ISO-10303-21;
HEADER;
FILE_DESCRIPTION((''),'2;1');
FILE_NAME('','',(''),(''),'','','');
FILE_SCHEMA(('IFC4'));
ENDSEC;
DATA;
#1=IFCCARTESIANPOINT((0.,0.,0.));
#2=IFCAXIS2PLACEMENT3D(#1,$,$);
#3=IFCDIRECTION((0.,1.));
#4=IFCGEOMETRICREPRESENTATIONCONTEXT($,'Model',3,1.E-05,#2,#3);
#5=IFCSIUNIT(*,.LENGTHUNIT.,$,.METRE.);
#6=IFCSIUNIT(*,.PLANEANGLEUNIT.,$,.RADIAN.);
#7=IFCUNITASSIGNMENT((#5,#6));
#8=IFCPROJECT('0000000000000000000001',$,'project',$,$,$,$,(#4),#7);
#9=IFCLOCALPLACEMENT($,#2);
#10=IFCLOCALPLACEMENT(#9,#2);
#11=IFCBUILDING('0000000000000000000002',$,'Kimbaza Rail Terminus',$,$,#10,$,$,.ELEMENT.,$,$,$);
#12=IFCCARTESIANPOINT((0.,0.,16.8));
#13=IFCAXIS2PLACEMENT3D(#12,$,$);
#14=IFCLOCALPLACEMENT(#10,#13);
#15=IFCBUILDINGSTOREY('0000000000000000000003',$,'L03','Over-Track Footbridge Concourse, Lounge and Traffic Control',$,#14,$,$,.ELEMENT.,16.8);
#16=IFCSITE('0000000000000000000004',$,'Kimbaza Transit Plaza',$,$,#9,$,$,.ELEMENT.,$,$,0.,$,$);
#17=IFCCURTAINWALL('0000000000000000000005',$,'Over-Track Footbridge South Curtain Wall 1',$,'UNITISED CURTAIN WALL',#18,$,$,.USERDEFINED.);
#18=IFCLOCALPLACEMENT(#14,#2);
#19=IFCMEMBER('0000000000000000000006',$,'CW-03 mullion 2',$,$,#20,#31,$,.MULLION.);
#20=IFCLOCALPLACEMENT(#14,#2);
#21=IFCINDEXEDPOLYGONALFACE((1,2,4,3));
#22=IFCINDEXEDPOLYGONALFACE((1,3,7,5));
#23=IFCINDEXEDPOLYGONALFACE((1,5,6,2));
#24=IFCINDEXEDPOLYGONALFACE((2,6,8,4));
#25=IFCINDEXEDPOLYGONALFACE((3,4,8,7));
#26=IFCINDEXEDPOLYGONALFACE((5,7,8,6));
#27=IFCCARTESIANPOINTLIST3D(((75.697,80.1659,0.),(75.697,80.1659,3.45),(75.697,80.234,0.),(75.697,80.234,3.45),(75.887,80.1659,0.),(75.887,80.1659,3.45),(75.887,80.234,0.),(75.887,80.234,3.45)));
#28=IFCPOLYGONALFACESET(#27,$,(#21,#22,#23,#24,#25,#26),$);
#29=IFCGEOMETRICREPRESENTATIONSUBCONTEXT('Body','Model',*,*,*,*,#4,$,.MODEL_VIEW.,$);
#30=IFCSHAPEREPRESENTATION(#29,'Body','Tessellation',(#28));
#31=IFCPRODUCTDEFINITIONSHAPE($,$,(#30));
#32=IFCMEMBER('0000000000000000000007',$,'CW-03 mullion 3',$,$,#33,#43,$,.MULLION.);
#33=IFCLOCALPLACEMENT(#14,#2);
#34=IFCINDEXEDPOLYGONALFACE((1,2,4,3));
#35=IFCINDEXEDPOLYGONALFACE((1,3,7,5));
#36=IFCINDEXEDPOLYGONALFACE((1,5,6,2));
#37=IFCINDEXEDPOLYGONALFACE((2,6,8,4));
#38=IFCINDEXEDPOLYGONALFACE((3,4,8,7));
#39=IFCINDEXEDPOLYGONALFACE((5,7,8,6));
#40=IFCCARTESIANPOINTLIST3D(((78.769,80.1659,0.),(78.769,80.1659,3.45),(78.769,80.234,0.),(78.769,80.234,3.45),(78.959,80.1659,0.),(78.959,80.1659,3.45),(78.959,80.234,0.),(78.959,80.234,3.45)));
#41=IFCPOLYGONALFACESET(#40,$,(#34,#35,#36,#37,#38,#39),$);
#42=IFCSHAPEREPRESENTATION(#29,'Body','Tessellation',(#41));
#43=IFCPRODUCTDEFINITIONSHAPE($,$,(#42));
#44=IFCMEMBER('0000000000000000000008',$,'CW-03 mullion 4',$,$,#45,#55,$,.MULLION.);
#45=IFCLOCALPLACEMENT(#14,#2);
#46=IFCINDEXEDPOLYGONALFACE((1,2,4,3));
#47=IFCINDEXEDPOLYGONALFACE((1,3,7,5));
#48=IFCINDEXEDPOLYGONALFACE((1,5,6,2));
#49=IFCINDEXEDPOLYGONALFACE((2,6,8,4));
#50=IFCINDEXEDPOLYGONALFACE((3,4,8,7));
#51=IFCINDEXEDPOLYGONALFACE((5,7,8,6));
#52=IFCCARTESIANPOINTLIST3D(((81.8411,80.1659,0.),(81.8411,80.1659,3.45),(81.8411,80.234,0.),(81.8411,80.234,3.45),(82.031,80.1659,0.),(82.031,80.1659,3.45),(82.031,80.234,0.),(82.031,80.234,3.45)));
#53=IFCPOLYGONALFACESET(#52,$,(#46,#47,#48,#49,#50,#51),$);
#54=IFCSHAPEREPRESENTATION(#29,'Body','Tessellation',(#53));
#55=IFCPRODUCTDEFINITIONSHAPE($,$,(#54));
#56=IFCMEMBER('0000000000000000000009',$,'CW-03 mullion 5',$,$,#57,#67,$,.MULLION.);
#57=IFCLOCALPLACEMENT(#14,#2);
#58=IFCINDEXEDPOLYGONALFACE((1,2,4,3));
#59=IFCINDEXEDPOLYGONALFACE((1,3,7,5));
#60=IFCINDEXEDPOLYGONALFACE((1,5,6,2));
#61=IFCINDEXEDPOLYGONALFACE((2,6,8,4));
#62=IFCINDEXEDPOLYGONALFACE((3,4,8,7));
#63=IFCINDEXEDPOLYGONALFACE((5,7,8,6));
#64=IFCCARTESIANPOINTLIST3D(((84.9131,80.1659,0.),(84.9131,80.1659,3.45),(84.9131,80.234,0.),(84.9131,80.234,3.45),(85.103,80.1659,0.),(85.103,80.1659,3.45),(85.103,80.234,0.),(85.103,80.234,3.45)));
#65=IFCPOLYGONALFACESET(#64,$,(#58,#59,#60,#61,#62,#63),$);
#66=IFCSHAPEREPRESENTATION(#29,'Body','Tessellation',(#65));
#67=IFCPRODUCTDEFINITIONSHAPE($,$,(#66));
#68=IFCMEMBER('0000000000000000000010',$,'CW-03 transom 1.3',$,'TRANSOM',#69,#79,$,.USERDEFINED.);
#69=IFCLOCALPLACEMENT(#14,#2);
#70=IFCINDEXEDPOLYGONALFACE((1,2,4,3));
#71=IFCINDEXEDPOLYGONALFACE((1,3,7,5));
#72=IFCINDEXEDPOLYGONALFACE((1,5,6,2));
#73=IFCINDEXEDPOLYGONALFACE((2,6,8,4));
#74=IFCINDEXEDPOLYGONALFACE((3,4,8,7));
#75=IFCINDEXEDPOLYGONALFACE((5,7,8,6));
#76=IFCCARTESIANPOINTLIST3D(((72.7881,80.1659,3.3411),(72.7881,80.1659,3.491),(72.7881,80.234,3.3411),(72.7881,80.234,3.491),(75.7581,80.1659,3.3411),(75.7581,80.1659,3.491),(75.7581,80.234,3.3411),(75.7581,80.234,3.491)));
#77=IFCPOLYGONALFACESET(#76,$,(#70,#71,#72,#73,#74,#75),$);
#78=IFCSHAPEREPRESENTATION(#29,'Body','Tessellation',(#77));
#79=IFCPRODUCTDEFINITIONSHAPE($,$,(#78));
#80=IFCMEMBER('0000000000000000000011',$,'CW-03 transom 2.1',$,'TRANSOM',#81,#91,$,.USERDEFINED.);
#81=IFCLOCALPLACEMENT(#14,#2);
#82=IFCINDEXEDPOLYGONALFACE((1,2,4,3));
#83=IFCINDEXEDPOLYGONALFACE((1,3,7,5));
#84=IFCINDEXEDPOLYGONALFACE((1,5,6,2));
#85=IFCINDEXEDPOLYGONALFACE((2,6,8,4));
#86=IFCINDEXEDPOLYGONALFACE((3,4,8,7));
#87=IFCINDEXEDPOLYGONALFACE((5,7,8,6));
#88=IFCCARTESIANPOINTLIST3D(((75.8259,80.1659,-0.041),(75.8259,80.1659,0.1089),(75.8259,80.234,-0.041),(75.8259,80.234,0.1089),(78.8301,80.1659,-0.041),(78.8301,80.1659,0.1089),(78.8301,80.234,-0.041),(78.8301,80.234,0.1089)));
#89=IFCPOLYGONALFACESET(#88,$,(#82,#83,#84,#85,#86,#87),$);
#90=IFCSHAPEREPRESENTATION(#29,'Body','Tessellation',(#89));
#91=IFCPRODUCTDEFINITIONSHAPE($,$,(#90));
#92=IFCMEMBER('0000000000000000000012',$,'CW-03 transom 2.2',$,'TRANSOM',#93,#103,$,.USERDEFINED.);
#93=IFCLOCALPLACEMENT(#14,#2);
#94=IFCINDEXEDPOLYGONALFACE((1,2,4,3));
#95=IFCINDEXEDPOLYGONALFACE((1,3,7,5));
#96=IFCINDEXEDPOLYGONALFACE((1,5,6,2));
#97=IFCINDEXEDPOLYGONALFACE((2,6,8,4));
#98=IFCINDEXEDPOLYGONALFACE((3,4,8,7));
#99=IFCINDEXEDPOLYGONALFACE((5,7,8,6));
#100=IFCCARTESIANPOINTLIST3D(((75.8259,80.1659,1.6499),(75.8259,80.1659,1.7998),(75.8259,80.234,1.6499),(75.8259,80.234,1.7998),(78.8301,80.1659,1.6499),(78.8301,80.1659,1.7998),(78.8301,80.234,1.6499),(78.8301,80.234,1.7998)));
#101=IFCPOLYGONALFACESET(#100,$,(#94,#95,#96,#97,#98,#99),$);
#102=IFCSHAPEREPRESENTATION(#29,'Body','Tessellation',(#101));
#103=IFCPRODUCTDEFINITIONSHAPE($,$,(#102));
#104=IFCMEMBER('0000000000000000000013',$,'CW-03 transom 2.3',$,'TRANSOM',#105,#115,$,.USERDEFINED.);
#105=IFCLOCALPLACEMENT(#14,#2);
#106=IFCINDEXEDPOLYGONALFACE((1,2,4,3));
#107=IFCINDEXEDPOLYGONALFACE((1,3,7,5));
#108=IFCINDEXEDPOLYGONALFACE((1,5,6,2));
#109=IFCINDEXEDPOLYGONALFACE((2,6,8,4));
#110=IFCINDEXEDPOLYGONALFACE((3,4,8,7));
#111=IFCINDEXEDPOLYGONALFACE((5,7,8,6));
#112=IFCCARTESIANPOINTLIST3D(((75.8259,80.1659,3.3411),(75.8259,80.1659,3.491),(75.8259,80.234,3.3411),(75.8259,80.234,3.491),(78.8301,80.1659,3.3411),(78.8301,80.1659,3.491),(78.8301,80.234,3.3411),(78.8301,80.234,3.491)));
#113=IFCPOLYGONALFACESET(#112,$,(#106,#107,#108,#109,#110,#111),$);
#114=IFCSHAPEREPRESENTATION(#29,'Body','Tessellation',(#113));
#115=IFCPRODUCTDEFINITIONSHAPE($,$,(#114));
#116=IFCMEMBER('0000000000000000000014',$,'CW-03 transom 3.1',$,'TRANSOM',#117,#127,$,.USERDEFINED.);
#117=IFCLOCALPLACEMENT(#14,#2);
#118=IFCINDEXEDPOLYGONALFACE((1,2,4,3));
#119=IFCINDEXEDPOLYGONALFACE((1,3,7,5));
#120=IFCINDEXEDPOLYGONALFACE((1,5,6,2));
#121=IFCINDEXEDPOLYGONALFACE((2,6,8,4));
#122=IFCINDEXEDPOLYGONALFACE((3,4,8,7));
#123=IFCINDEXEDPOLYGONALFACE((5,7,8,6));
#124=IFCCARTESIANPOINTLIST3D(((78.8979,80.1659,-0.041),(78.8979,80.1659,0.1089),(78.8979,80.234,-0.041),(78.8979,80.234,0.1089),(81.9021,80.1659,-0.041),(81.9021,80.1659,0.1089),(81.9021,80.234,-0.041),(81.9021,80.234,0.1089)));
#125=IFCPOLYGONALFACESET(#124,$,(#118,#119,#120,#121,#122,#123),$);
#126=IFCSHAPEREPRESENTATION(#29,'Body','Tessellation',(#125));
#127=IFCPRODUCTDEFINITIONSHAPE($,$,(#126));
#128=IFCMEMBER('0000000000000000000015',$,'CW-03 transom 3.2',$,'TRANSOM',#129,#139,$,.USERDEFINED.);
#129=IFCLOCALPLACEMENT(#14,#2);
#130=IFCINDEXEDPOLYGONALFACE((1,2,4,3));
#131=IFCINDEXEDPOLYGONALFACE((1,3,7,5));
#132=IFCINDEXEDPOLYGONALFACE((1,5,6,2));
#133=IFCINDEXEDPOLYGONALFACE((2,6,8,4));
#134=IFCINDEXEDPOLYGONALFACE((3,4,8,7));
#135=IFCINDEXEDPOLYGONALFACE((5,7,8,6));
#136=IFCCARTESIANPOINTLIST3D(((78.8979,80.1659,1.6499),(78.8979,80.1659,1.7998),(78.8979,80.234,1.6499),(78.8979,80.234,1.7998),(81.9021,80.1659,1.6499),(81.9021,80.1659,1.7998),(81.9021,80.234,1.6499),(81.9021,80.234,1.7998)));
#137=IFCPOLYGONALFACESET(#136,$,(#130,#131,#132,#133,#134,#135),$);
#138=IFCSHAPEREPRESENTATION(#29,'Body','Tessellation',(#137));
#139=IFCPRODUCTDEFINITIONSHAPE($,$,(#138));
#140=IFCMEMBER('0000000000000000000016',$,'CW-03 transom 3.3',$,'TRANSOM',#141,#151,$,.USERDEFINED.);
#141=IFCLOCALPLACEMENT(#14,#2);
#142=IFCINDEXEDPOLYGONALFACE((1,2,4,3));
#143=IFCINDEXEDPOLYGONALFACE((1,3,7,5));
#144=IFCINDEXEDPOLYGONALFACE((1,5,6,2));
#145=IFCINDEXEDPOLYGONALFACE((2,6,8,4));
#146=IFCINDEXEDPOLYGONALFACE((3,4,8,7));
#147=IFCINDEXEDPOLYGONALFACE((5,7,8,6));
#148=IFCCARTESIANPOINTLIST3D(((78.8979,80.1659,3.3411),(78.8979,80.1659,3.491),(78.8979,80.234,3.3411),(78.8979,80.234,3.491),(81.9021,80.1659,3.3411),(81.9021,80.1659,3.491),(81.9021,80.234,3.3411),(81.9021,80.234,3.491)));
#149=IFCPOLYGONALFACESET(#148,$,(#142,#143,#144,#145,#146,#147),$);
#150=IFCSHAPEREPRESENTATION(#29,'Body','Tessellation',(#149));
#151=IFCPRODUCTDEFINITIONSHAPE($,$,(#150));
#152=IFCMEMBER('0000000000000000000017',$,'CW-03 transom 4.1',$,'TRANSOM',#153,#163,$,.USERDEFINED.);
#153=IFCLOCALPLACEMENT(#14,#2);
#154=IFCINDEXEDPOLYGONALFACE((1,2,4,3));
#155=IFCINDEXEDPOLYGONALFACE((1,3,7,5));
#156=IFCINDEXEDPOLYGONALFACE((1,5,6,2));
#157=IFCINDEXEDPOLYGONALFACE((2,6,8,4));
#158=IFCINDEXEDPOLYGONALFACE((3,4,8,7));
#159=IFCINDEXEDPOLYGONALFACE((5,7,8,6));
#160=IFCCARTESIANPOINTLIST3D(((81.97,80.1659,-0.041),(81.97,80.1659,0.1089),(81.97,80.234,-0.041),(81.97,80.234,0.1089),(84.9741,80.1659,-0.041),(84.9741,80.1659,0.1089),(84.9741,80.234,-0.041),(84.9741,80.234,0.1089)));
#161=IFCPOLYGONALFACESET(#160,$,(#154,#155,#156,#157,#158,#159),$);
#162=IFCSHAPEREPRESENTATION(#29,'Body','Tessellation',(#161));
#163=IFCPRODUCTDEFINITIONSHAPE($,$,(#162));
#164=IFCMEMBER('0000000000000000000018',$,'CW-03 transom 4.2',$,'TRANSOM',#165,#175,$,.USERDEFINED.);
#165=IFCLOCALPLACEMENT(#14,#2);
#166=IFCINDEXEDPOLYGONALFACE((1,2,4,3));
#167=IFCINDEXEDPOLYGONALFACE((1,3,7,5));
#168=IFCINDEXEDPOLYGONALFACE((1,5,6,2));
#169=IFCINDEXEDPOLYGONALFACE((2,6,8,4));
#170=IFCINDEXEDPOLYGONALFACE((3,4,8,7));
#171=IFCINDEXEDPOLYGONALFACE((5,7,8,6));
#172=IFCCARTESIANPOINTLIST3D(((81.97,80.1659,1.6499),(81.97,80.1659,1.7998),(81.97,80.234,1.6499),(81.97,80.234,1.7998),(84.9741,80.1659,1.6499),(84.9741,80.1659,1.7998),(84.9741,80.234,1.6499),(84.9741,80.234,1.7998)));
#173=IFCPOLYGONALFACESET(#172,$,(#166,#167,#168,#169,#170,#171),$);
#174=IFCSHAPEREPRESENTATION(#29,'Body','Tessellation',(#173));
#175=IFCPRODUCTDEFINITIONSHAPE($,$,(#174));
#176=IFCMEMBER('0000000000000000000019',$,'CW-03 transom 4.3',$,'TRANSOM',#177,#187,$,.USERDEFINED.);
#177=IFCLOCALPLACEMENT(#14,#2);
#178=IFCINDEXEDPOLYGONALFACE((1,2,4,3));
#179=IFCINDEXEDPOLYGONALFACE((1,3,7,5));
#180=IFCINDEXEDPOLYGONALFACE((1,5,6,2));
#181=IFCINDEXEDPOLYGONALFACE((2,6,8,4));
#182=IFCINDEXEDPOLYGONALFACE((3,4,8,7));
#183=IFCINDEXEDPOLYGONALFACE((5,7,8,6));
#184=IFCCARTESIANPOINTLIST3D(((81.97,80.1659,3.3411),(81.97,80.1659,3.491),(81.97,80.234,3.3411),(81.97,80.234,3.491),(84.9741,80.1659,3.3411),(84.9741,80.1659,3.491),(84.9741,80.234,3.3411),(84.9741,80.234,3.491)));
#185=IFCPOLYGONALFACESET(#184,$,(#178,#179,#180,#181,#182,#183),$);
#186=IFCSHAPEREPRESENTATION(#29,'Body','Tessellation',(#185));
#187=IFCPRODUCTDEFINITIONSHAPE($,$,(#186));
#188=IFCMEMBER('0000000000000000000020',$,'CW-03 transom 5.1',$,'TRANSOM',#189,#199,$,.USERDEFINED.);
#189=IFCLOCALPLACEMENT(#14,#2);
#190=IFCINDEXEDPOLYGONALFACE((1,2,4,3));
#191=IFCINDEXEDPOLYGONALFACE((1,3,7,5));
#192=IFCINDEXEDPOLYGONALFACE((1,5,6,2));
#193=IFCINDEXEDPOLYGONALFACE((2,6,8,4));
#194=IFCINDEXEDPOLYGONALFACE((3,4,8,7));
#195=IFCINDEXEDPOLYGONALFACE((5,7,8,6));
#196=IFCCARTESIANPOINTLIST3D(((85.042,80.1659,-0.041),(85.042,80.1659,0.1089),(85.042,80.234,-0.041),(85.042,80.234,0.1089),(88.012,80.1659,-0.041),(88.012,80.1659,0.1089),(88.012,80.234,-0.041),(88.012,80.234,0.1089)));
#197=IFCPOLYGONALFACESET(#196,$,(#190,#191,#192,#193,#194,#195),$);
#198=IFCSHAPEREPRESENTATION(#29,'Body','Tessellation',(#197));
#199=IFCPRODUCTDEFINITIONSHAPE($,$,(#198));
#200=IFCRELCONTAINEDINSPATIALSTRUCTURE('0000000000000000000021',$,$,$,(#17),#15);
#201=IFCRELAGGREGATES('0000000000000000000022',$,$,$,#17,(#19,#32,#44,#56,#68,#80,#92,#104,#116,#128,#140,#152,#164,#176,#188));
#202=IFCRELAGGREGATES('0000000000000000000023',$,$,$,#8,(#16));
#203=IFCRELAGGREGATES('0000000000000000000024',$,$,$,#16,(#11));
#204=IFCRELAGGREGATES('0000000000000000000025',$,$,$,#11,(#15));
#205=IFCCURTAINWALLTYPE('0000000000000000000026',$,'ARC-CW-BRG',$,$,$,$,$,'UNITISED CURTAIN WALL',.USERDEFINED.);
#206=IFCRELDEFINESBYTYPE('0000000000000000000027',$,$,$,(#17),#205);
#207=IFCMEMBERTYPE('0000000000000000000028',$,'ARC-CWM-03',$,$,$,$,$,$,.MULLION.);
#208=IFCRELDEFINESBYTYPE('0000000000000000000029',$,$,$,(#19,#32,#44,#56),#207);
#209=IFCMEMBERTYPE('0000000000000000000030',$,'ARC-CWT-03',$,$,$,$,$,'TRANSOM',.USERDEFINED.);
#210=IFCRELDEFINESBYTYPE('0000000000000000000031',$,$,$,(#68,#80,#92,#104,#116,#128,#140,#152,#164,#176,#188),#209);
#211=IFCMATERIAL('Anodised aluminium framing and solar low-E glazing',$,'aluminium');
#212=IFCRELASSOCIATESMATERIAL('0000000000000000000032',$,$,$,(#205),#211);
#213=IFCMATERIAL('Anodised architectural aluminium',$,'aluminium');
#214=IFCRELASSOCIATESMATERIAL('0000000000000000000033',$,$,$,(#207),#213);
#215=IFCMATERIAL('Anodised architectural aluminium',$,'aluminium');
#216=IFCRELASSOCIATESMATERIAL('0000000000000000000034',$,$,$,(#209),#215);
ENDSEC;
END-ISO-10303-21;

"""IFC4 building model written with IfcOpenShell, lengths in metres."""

from ifc_helpers import new_model, si_unit, direction, frame, origin, origin_2d, place, context, subcontext, project, spatial, rectangle, extrude, material, material_profile, profile_set, type_object, element, aggregate, save


model = new_model("IFC4")

# Units and contexts
model_context = context("Model", 3, precision=1e-05, world=origin(), true_north=direction((0.0, 1.0)))
body_context = subcontext(model_context, "Body", "Model", "MODEL_VIEW")
ifc_project = project(units=[si_unit("LENGTHUNIT", "METRE"), si_unit("PLANEANGLEUNIT", "RADIAN")], contexts=[model_context])

# Site, building, storey
site_placement = place(None, origin())
site = spatial("IfcSite", under=ifc_project, at=site_placement, Name="Kimbaza Transit Plaza", CompositionType="ELEMENT", RefElevation=0.0)
building_placement = place(site_placement, origin())
building = spatial("IfcBuilding", under=site, at=building_placement, Name="Kimbaza Rail Terminus", CompositionType="ELEMENT")
storey_placement = place(building_placement, frame((0.0, 0.0, 16.8)))
storey = spatial("IfcBuildingStorey", under=building, at=storey_placement, Name="L03", Description="Over-Track Footbridge Concourse, Lounge and Traffic Control", CompositionType="ELEMENT", Elevation=16.8)

# Curtain wall, members
ifc_material_1 = material(Name="Anodised aluminium framing and solar low-E glazing", Category="aluminium")
curtain_wall_type = type_object("IfcCurtainWallType", Name="ARC-CW-BRG", ElementType="UNITISED CURTAIN WALL", PredefinedType="USERDEFINED", material=ifc_material_1)
curtain_wall_placement = place(storey_placement, origin())
curtain_wall = element("IfcCurtainWall", 1, at=curtain_wall_placement, inside=storey, type_object=curtain_wall_type, Name="Over-Track Footbridge South Curtain Wall 1", ObjectType="UNITISED CURTAIN WALL", PredefinedType="USERDEFINED")
ifc_material_2 = material(Name="Anodised architectural aluminium", Category="aluminium")
ifc_material_profile_1 = material_profile(ifc_material_2, rectangle(XDim=0.0681, YDim=0.1899, at=origin_2d()), Name="MULLION 68x190")
ifc_profile_set_1 = profile_set([ifc_material_profile_1], Name="Anodised architectural aluminium")
member_type_1 = type_object("IfcMemberType", Name="ARC-CWM-03", PredefinedType="MULLION", material=ifc_profile_set_1)
member_1_placement = place(storey_placement, frame((75.792, 80.2, 0.0), z_axis=(0.0, 0.0, 1.0), x_axis=(0.0, 1.0, 0.0)))
member_1 = element("IfcMember", 2, at=member_1_placement, type_object=member_type_1, Name="CW-03 mullion 2", PredefinedType="MULLION", context=body_context, shape_type="SweptSolid", body=[
    extrude(rectangle(XDim=0.0681, YDim=0.1899, at=origin_2d()), origin(), (0.0, 0.0, 1.0), 3.45),
])
member_2_placement = place(storey_placement, frame((78.864, 80.2, 0.0), z_axis=(0.0, 0.0, 1.0), x_axis=(0.0, 1.0, 0.0)))
member_2 = element("IfcMember", 3, at=member_2_placement, type_object=member_type_1, Name="CW-03 mullion 3", PredefinedType="MULLION", context=body_context, shape_type="SweptSolid", body=[
    extrude(rectangle(XDim=0.0681, YDim=0.1899, at=origin_2d()), origin(), (0.0, 0.0, 1.0), 3.45),
])
member_3_placement = place(storey_placement, frame((81.936, 80.2, 0.0), z_axis=(0.0, 0.0, 1.0), x_axis=(0.0, 1.0, 0.0)))
member_3 = element("IfcMember", 4, at=member_3_placement, type_object=member_type_1, Name="CW-03 mullion 4", PredefinedType="MULLION", context=body_context, shape_type="SweptSolid", body=[
    extrude(rectangle(XDim=0.0681, YDim=0.1899, at=origin_2d()), origin(), (0.0, 0.0, 1.0), 3.45),
])
member_4_placement = place(storey_placement, frame((85.0081, 80.2, 0.0), z_axis=(0.0, 0.0, 1.0), x_axis=(0.0, 1.0, 0.0)))
member_4 = element("IfcMember", 5, at=member_4_placement, type_object=member_type_1, Name="CW-03 mullion 5", PredefinedType="MULLION", context=body_context, shape_type="SweptSolid", body=[
    extrude(rectangle(XDim=0.0681, YDim=0.1899, at=origin_2d()), origin(), (0.0, 0.0, 1.0), 3.45),
])
ifc_material_3 = material(Name="Anodised architectural aluminium", Category="aluminium")
ifc_material_profile_2 = material_profile(ifc_material_3, rectangle(XDim=0.0681, YDim=0.1499, at=origin_2d()), Name="TRANSOM 68x150")
ifc_profile_set_2 = profile_set([ifc_material_profile_2], Name="Anodised architectural aluminium")
member_type_2 = type_object("IfcMemberType", Name="ARC-CWT-03", ElementType="TRANSOM", PredefinedType="USERDEFINED", material=ifc_profile_set_2)
member_5_placement = place(storey_placement, frame((72.7881, 80.2, 3.416), z_axis=(1.0, 0.0, 0.0), x_axis=(0.0, 1.0, 0.0)))
member_5 = element("IfcMember", 6, at=member_5_placement, type_object=member_type_2, Name="CW-03 transom 1.3", ObjectType="TRANSOM", PredefinedType="USERDEFINED", context=body_context, shape_type="SweptSolid", body=[
    extrude(rectangle(XDim=0.0681, YDim=0.1499, at=origin_2d()), origin(), (0.0, 0.0, 1.0), 2.97),
])
member_6_placement = place(storey_placement, frame((75.8259, 80.2, 0.0339), z_axis=(1.0, 0.0, 0.0), x_axis=(0.0, 1.0, 0.0)))
member_6 = element("IfcMember", 7, at=member_6_placement, type_object=member_type_2, Name="CW-03 transom 2.1", ObjectType="TRANSOM", PredefinedType="USERDEFINED", context=body_context, shape_type="SweptSolid", body=[
    extrude(rectangle(XDim=0.0681, YDim=0.1499, at=origin_2d()), origin(), (0.0, 0.0, 1.0), 3.0042),
])
member_7_placement = place(storey_placement, frame((75.8259, 80.2, 1.7249), z_axis=(1.0, 0.0, 0.0), x_axis=(0.0, 1.0, 0.0)))
member_7 = element("IfcMember", 8, at=member_7_placement, type_object=member_type_2, Name="CW-03 transom 2.2", ObjectType="TRANSOM", PredefinedType="USERDEFINED", context=body_context, shape_type="SweptSolid", body=[
    extrude(rectangle(XDim=0.0681, YDim=0.1499, at=origin_2d()), origin(), (0.0, 0.0, 1.0), 3.0042),
])
member_8_placement = place(storey_placement, frame((75.8259, 80.2, 3.416), z_axis=(1.0, 0.0, 0.0), x_axis=(0.0, 1.0, 0.0)))
member_8 = element("IfcMember", 9, at=member_8_placement, type_object=member_type_2, Name="CW-03 transom 2.3", ObjectType="TRANSOM", PredefinedType="USERDEFINED", context=body_context, shape_type="SweptSolid", body=[
    extrude(rectangle(XDim=0.0681, YDim=0.1499, at=origin_2d()), origin(), (0.0, 0.0, 1.0), 3.0042),
])
member_9_placement = place(storey_placement, frame((78.8979, 80.2, 0.0339), z_axis=(1.0, 0.0, 0.0), x_axis=(0.0, 1.0, 0.0)))
member_9 = element("IfcMember", 10, at=member_9_placement, type_object=member_type_2, Name="CW-03 transom 3.1", ObjectType="TRANSOM", PredefinedType="USERDEFINED", context=body_context, shape_type="SweptSolid", body=[
    extrude(rectangle(XDim=0.0681, YDim=0.1499, at=origin_2d()), origin(), (0.0, 0.0, 1.0), 3.0042),
])
member_10_placement = place(storey_placement, frame((78.8979, 80.2, 1.7249), z_axis=(1.0, 0.0, 0.0), x_axis=(0.0, 1.0, 0.0)))
member_10 = element("IfcMember", 11, at=member_10_placement, type_object=member_type_2, Name="CW-03 transom 3.2", ObjectType="TRANSOM", PredefinedType="USERDEFINED", context=body_context, shape_type="SweptSolid", body=[
    extrude(rectangle(XDim=0.0681, YDim=0.1499, at=origin_2d()), origin(), (0.0, 0.0, 1.0), 3.0042),
])
member_11_placement = place(storey_placement, frame((78.8979, 80.2, 3.416), z_axis=(1.0, 0.0, 0.0), x_axis=(0.0, 1.0, 0.0)))
member_11 = element("IfcMember", 12, at=member_11_placement, type_object=member_type_2, Name="CW-03 transom 3.3", ObjectType="TRANSOM", PredefinedType="USERDEFINED", context=body_context, shape_type="SweptSolid", body=[
    extrude(rectangle(XDim=0.0681, YDim=0.1499, at=origin_2d()), origin(), (0.0, 0.0, 1.0), 3.0042),
])
member_12_placement = place(storey_placement, frame((81.97, 80.2, 0.0339), z_axis=(1.0, 0.0, 0.0), x_axis=(0.0, 1.0, 0.0)))
member_12 = element("IfcMember", 13, at=member_12_placement, type_object=member_type_2, Name="CW-03 transom 4.1", ObjectType="TRANSOM", PredefinedType="USERDEFINED", context=body_context, shape_type="SweptSolid", body=[
    extrude(rectangle(XDim=0.0681, YDim=0.1499, at=origin_2d()), origin(), (0.0, 0.0, 1.0), 3.0042),
])
member_13_placement = place(storey_placement, frame((81.97, 80.2, 1.7249), z_axis=(1.0, 0.0, 0.0), x_axis=(0.0, 1.0, 0.0)))
member_13 = element("IfcMember", 14, at=member_13_placement, type_object=member_type_2, Name="CW-03 transom 4.2", ObjectType="TRANSOM", PredefinedType="USERDEFINED", context=body_context, shape_type="SweptSolid", body=[
    extrude(rectangle(XDim=0.0681, YDim=0.1499, at=origin_2d()), origin(), (0.0, 0.0, 1.0), 3.0042),
])
member_14_placement = place(storey_placement, frame((81.97, 80.2, 3.416), z_axis=(1.0, 0.0, 0.0), x_axis=(0.0, 1.0, 0.0)))
member_14 = element("IfcMember", 15, at=member_14_placement, type_object=member_type_2, Name="CW-03 transom 4.3", ObjectType="TRANSOM", PredefinedType="USERDEFINED", context=body_context, shape_type="SweptSolid", body=[
    extrude(rectangle(XDim=0.0681, YDim=0.1499, at=origin_2d()), origin(), (0.0, 0.0, 1.0), 3.0042),
])
member_15_placement = place(storey_placement, frame((85.042, 80.2, 0.0339), z_axis=(1.0, 0.0, 0.0), x_axis=(0.0, 1.0, 0.0)))
member_15 = element("IfcMember", 16, at=member_15_placement, type_object=member_type_2, Name="CW-03 transom 5.1", ObjectType="TRANSOM", PredefinedType="USERDEFINED", context=body_context, shape_type="SweptSolid", body=[
    extrude(rectangle(XDim=0.0681, YDim=0.1499, at=origin_2d()), origin(), (0.0, 0.0, 1.0), 2.97),
])
aggregate(curtain_wall, [member_1, member_2, member_3, member_4, member_5, member_6, member_7, member_8, member_9, member_10, member_11, member_12, member_13, member_14, member_15])

save(model, "model.ifc")
